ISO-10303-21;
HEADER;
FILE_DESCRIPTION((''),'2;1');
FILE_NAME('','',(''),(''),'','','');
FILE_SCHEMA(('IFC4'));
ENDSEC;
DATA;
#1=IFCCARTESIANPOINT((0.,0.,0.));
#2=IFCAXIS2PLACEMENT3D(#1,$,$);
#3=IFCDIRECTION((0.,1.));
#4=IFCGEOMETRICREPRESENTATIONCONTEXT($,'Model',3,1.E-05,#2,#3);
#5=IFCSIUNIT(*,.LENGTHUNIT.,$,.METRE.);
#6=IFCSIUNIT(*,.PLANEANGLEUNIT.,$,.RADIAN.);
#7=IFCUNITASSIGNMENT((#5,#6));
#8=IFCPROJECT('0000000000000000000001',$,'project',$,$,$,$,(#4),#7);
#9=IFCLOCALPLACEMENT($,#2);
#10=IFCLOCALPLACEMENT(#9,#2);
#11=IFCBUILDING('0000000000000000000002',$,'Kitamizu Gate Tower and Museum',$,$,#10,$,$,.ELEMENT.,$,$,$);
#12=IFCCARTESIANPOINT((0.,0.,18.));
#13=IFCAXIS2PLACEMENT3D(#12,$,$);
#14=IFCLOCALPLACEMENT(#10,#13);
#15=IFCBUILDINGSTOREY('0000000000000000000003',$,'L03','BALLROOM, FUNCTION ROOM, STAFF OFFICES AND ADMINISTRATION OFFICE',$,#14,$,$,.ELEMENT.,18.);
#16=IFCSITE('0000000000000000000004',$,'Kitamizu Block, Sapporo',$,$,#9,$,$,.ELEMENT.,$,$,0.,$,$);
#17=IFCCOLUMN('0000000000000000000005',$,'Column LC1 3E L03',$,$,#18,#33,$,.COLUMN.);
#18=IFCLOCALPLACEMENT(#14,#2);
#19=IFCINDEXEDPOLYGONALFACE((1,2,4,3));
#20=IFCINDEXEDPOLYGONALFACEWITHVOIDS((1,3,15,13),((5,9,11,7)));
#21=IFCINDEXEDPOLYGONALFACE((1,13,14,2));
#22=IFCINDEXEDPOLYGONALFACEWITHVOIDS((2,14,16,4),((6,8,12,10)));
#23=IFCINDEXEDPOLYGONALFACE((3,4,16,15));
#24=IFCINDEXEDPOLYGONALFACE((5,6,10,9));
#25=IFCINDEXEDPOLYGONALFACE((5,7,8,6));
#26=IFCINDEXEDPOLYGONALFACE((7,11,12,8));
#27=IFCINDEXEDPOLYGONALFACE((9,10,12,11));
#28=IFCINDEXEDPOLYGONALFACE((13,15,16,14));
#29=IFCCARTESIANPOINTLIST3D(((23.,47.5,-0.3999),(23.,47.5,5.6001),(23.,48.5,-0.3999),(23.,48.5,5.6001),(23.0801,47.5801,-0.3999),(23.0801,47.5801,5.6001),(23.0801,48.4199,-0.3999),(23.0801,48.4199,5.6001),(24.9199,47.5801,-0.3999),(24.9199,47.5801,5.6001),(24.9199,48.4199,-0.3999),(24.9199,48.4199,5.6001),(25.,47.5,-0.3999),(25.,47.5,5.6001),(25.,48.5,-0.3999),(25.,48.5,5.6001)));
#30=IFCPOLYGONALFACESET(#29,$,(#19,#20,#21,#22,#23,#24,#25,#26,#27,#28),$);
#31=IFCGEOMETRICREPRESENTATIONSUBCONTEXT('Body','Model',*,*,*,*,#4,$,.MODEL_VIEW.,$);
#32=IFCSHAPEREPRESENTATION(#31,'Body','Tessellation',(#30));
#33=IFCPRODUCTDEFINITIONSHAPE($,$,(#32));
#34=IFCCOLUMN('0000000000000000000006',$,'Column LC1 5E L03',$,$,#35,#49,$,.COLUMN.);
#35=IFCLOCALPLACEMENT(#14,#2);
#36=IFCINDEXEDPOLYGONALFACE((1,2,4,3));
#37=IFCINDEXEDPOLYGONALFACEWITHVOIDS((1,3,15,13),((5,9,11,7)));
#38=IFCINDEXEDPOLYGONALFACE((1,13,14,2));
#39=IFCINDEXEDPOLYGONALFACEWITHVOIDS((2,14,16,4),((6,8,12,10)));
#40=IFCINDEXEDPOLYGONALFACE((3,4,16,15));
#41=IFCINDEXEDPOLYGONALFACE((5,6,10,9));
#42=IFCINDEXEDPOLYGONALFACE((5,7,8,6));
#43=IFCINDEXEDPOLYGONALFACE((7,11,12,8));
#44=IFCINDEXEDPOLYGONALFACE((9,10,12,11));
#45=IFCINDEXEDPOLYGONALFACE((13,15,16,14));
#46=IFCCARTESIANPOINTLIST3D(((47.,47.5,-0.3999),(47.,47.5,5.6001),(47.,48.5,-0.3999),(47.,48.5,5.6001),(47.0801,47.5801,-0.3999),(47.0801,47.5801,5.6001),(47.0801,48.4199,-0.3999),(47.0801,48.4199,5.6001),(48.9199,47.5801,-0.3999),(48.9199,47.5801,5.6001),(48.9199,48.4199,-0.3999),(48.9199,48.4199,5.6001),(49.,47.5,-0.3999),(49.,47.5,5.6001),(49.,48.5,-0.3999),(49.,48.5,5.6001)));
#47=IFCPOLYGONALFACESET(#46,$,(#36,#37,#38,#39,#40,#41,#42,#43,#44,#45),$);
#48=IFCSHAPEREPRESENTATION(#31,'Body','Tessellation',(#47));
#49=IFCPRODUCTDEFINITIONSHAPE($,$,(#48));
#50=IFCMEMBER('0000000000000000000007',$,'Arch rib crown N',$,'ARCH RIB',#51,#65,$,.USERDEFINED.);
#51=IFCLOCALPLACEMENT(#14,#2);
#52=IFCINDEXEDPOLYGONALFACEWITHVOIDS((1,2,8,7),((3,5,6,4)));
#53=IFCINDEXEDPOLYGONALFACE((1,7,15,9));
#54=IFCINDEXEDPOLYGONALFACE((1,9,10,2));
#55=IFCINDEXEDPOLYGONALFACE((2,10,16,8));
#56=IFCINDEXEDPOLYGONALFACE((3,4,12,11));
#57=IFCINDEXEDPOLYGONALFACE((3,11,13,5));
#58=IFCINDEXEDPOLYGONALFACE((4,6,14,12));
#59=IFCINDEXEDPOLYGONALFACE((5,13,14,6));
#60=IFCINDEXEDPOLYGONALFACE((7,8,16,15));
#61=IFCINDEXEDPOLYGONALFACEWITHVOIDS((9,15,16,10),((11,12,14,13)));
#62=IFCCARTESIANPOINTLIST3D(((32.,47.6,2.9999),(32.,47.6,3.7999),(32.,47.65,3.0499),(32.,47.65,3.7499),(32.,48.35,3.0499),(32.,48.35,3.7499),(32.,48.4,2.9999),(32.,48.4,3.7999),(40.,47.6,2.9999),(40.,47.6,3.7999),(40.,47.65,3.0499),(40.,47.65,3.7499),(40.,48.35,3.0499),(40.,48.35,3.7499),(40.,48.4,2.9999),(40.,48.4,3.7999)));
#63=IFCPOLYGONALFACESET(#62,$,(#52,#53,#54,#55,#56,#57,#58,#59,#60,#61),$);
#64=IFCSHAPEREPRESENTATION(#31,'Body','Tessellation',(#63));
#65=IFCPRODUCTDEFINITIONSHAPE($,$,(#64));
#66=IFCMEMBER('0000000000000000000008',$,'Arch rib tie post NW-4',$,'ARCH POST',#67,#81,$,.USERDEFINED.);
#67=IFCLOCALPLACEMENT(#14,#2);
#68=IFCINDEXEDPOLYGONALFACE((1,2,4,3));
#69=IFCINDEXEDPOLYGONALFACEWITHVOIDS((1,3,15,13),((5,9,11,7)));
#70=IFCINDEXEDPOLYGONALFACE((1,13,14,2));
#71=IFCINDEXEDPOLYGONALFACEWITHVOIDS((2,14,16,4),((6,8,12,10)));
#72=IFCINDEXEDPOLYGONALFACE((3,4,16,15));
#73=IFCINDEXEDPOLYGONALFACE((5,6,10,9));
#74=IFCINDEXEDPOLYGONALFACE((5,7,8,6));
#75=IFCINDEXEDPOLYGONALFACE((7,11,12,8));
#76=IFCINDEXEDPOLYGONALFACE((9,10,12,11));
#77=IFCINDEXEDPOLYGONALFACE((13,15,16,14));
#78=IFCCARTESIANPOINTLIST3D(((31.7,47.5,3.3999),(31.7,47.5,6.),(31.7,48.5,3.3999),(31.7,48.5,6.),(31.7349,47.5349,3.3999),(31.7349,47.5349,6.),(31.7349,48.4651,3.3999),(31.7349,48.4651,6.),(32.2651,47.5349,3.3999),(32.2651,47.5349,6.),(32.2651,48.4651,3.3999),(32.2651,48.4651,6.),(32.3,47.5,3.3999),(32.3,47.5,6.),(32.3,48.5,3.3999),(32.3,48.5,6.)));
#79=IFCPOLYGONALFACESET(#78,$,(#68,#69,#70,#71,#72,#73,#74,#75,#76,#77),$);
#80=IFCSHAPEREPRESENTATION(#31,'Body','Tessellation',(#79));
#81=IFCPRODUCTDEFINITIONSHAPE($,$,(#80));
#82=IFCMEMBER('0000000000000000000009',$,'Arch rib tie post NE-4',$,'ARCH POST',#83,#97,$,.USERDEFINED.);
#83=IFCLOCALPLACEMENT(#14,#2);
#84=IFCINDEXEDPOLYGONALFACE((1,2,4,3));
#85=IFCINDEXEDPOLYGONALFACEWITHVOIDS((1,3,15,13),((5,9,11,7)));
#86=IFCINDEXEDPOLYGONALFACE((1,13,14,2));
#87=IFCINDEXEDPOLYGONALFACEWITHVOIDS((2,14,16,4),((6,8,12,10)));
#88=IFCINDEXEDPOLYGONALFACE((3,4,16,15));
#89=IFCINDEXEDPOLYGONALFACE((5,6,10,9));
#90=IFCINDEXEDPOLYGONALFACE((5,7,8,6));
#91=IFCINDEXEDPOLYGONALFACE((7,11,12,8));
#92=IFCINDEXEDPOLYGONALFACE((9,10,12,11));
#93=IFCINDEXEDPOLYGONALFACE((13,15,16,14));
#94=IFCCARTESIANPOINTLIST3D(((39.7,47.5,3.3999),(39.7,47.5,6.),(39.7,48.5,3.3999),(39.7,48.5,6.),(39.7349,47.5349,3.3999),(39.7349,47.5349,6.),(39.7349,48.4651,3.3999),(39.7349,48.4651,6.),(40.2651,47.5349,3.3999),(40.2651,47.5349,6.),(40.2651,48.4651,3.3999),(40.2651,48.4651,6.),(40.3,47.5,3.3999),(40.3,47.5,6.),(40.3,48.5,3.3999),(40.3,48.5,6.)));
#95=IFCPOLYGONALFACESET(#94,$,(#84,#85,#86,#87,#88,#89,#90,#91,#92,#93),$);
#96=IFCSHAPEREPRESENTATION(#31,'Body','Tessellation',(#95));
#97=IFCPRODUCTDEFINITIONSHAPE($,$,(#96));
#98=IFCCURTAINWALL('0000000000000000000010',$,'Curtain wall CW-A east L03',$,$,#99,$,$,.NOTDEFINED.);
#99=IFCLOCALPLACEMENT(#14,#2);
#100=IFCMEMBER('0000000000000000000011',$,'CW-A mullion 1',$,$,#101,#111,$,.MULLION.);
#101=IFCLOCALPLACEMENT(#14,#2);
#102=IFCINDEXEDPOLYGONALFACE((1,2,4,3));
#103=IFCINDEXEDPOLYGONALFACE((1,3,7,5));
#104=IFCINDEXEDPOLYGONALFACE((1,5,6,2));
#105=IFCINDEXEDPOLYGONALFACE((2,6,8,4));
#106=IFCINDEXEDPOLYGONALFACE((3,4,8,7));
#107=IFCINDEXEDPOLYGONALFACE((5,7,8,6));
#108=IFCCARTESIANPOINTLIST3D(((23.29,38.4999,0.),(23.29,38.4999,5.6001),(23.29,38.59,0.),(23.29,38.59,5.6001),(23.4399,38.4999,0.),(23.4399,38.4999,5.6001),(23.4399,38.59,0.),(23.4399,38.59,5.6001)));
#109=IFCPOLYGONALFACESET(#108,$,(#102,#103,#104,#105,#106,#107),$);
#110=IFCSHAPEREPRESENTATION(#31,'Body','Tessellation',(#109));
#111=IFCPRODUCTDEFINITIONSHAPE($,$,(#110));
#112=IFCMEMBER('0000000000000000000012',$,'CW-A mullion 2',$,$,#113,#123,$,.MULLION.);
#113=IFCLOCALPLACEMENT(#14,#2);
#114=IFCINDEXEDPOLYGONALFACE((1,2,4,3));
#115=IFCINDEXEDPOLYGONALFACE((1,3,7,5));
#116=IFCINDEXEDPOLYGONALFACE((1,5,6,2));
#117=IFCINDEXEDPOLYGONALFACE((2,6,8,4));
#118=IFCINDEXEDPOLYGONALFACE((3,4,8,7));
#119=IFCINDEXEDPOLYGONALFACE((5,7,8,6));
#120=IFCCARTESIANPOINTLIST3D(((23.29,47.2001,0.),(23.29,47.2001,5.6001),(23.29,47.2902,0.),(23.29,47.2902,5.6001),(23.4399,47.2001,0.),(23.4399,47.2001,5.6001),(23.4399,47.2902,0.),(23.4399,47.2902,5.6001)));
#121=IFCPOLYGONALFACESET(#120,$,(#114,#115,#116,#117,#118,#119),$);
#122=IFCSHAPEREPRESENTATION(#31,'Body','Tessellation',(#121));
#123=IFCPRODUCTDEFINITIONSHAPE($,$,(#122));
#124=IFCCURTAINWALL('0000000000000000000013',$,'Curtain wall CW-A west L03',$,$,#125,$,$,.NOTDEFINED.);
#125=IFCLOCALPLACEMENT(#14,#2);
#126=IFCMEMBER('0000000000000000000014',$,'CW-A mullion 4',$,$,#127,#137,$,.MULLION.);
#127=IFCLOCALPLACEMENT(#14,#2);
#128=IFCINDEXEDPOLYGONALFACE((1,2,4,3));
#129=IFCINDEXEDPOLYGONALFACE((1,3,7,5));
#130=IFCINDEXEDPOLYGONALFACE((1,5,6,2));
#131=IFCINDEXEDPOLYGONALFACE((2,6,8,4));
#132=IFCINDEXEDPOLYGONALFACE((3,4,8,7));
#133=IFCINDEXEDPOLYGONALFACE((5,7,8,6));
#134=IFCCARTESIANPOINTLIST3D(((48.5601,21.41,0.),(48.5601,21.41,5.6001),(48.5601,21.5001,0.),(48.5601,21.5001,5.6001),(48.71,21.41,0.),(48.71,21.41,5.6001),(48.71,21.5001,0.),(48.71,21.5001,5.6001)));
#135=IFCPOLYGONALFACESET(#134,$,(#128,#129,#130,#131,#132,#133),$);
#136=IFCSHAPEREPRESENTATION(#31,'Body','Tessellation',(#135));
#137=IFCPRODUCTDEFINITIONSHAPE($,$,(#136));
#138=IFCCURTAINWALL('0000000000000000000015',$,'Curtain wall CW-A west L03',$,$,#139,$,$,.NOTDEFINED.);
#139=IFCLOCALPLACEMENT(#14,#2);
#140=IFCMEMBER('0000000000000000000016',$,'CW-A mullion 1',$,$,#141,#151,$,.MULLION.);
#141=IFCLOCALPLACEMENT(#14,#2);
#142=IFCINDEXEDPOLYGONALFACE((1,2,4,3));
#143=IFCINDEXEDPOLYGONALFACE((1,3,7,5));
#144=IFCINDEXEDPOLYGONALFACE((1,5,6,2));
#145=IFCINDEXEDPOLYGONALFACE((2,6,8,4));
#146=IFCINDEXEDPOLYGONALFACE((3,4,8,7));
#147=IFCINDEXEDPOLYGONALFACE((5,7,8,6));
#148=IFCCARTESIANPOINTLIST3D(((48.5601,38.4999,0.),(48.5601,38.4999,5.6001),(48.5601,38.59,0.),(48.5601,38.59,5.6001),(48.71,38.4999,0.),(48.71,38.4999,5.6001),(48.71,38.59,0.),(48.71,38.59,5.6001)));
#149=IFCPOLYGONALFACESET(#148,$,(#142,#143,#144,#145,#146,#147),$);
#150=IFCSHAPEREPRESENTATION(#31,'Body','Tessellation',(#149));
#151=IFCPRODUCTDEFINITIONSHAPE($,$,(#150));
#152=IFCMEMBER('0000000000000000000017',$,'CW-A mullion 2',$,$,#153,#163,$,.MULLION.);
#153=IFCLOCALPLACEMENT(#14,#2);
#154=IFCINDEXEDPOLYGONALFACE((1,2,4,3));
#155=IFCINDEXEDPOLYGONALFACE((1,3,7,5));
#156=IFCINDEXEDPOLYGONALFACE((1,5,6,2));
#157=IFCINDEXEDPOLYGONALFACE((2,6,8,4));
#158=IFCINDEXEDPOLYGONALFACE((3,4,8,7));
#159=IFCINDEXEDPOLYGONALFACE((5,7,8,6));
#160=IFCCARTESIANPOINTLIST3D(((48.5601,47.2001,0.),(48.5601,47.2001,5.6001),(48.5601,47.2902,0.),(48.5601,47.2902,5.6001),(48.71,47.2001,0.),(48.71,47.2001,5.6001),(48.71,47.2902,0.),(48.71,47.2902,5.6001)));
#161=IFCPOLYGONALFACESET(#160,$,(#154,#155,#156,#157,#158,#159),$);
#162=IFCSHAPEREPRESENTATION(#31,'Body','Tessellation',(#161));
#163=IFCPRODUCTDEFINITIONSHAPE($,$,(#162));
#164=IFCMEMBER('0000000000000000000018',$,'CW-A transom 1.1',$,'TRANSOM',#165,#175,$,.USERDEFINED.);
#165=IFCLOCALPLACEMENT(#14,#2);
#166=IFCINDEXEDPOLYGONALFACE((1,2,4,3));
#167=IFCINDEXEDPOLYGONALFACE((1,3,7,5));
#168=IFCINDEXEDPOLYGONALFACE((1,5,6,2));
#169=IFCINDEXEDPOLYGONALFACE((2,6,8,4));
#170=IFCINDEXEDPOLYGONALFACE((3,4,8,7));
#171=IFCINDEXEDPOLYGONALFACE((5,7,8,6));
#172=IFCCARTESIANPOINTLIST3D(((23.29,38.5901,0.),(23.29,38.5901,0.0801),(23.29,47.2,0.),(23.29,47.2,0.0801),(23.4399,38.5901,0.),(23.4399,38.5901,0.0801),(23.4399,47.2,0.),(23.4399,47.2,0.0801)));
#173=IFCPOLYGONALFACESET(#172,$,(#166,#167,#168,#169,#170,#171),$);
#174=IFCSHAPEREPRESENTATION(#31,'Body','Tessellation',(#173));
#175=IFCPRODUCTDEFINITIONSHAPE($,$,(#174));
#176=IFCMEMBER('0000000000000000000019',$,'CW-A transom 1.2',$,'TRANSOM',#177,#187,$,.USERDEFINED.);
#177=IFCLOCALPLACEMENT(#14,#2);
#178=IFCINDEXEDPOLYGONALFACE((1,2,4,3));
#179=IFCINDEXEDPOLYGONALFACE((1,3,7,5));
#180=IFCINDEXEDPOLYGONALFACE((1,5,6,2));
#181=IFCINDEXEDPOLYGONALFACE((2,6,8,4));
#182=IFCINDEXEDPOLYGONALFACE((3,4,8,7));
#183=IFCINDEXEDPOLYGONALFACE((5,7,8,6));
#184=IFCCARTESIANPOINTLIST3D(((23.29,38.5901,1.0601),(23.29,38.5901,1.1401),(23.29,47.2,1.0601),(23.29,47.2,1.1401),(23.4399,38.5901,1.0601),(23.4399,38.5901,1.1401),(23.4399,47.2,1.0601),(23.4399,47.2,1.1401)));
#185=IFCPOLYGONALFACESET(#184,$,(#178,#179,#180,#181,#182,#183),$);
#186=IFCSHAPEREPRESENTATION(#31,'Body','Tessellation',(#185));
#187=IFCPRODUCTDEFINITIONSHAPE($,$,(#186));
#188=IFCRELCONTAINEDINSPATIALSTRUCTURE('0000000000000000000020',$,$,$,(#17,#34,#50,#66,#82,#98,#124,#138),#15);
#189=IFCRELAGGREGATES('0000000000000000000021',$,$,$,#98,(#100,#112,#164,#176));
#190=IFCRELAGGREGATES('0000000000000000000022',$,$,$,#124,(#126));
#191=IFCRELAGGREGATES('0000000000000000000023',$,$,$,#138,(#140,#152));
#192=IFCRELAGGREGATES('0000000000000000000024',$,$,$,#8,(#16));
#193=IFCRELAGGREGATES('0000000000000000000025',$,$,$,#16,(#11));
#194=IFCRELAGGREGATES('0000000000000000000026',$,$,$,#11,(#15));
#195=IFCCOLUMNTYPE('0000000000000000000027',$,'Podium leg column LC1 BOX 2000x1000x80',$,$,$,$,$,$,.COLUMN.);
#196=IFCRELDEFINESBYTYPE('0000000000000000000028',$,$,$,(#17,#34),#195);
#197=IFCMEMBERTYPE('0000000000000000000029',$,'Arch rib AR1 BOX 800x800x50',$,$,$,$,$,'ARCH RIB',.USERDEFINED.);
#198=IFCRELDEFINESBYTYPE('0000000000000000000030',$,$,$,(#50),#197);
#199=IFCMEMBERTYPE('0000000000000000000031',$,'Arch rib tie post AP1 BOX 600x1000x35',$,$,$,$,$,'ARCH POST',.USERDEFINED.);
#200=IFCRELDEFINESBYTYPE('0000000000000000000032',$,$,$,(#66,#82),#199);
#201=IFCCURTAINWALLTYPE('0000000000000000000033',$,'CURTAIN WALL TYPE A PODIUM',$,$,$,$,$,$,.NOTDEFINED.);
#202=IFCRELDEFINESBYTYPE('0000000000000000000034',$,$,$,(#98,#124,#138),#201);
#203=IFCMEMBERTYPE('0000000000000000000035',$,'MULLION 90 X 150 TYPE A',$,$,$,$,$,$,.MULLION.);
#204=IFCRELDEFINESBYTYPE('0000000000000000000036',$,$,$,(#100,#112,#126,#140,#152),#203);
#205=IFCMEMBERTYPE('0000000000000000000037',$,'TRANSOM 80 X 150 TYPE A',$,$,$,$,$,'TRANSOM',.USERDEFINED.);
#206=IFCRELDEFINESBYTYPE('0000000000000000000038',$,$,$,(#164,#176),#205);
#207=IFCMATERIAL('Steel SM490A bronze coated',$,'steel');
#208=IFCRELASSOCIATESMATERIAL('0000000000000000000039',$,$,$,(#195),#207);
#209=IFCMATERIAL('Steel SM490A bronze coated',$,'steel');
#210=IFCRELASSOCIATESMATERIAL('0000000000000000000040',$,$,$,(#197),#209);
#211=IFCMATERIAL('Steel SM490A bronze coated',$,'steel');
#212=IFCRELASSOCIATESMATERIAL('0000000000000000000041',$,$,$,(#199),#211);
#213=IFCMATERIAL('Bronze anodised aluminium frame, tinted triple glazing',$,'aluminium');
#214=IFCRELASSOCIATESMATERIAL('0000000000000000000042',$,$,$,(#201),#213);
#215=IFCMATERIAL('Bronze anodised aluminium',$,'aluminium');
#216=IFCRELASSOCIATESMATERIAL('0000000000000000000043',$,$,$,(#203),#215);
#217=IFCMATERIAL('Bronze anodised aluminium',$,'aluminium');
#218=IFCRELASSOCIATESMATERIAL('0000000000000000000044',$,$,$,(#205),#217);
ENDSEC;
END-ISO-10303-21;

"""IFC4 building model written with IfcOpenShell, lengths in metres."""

from ifc_helpers import new_model, si_unit, direction, frame, origin, origin_2d, place, context, subcontext, project, spatial, rectangle, hollow_rectangle, extrude, material, material_profile, profile_set, type_object, element, aggregate, save


model = new_model("IFC4")

# Units and contexts
model_context = context("Model", 3, precision=1e-05, world=origin(), true_north=direction((0.0, 1.0)))
body_context = subcontext(model_context, "Body", "Model", "MODEL_VIEW")
ifc_project = project(units=[si_unit("LENGTHUNIT", "METRE"), si_unit("PLANEANGLEUNIT", "RADIAN")], contexts=[model_context])

# Site, building, storey
site_placement = place(None, origin())
site = spatial("IfcSite", under=ifc_project, at=site_placement, Name="Kitamizu Block, Sapporo", CompositionType="ELEMENT", RefElevation=0.0)
building_placement = place(site_placement, origin())
building = spatial("IfcBuilding", under=site, at=building_placement, Name="Kitamizu Gate Tower and Museum", CompositionType="ELEMENT")
storey_placement = place(building_placement, frame((0.0, 0.0, 18.0)))
storey = spatial("IfcBuildingStorey", under=building, at=storey_placement, Name="L03", Description="BALLROOM, FUNCTION ROOM, STAFF OFFICES AND ADMINISTRATION OFFICE", CompositionType="ELEMENT", Elevation=18.0)

# Columns
ifc_material_1 = material(Name="Steel SM490A bronze coated", Category="steel")
ifc_material_profile_1 = material_profile(ifc_material_1, hollow_rectangle(XDim=2.0, YDim=1.0, WallThickness=0.0801, at=origin_2d()), Name="BOX 2000x1000x80")
ifc_profile_set_1 = profile_set([ifc_material_profile_1], Name="Steel SM490A bronze coated")
column_type = type_object("IfcColumnType", Name="Podium leg column LC1 BOX 2000x1000x80", PredefinedType="COLUMN", material=ifc_profile_set_1)
for number, where, z_axis, x_axis, name in (
    (1, (24.0, 48.0, -0.3999), (0.0, 0.0, 1.0), (1.0, 0.0, 0.0), "Column LC1 3E L03"),
    (2, (48.0, 48.0, -0.3999), (0.0, 0.0, 1.0), (1.0, 0.0, 0.0), "Column LC1 5E L03"),
):
    element("IfcColumn", number, at=place(storey_placement, frame(where, z_axis=z_axis, x_axis=x_axis)), inside=storey, type_object=column_type, Name=name, PredefinedType="COLUMN", context=body_context, shape_type="SweptSolid", body=[
        extrude(hollow_rectangle(XDim=2.0, YDim=1.0, WallThickness=0.0801, at=origin_2d()), origin(), (0.0, 0.0, 1.0), 6.0),
    ])

# Members
ifc_material_2 = material(Name="Steel SM490A bronze coated", Category="steel")
ifc_material_profile_2 = material_profile(ifc_material_2, hollow_rectangle(XDim=0.8, YDim=0.8, WallThickness=0.05, at=origin_2d()), Name="BOX 800x800x50")
ifc_profile_set_2 = profile_set([ifc_material_profile_2], Name="Steel SM490A bronze coated")
member_type_1 = type_object("IfcMemberType", Name="Arch rib AR1 BOX 800x800x50", ElementType="ARCH RIB", PredefinedType="USERDEFINED", material=ifc_profile_set_2)
member_1_placement = place(storey_placement, frame((32.0, 48.0, 3.3999), z_axis=(1.0, 0.0, 0.0), x_axis=(0.0, 1.0, 0.0)))
element("IfcMember", 3, at=member_1_placement, inside=storey, type_object=member_type_1, Name="Arch rib crown N", ObjectType="ARCH RIB", PredefinedType="USERDEFINED", context=body_context, shape_type="SweptSolid", body=[
    extrude(hollow_rectangle(XDim=0.8, YDim=0.8, WallThickness=0.05, at=origin_2d()), origin(), (0.0, 0.0, 1.0), 8.0),
])
ifc_material_3 = material(Name="Steel SM490A bronze coated", Category="steel")
ifc_material_profile_3 = material_profile(ifc_material_3, hollow_rectangle(XDim=0.6001, YDim=1.0, WallThickness=0.0349, at=origin_2d()), Name="BOX 600x1000x35")
ifc_profile_set_3 = profile_set([ifc_material_profile_3], Name="Steel SM490A bronze coated")
member_type_2 = type_object("IfcMemberType", Name="Arch rib tie post AP1 BOX 600x1000x35", ElementType="ARCH POST", PredefinedType="USERDEFINED", material=ifc_profile_set_3)
for number, where, z_axis, x_axis, name in (
    (4, (32.0, 48.0, 3.3999), (0.0, 0.0, 1.0), (1.0, 0.0, 0.0), "Arch rib tie post NW-4"),
    (5, (40.0, 48.0, 3.3999), (0.0, 0.0, 1.0), (1.0, 0.0, 0.0), "Arch rib tie post NE-4"),
):
    element("IfcMember", number, at=place(storey_placement, frame(where, z_axis=z_axis, x_axis=x_axis)), inside=storey, type_object=member_type_2, Name=name, ObjectType="ARCH POST", PredefinedType="USERDEFINED", context=body_context, shape_type="SweptSolid", body=[
        extrude(hollow_rectangle(XDim=0.6001, YDim=1.0, WallThickness=0.0349, at=origin_2d()), origin(), (0.0, 0.0, 1.0), 2.6001),
    ])

# Curtain wall, members
ifc_material_4 = material(Name="Bronze anodised aluminium frame, tinted triple glazing", Category="aluminium")
curtain_wall_type = type_object("IfcCurtainWallType", Name="CURTAIN WALL TYPE A PODIUM", PredefinedType="NOTDEFINED", material=ifc_material_4)
curtain_wall_1_placement = place(storey_placement, origin())
curtain_wall_1 = element("IfcCurtainWall", 6, at=curtain_wall_1_placement, inside=storey, type_object=curtain_wall_type, Name="Curtain wall CW-A east L03", PredefinedType="NOTDEFINED")
ifc_material_5 = material(Name="Bronze anodised aluminium", Category="aluminium")
ifc_material_profile_4 = material_profile(ifc_material_5, rectangle(XDim=0.0901, YDim=0.1499, at=origin_2d()), Name="AL 90X150")
ifc_profile_set_4 = profile_set([ifc_material_profile_4], Name="Bronze anodised aluminium")
member_type_3 = type_object("IfcMemberType", Name="MULLION 90 X 150 TYPE A", PredefinedType="MULLION", material=ifc_profile_set_4)
member_2_placement = place(storey_placement, frame((23.365, 38.5449, 0.0), z_axis=(0.0, 0.0, 1.0), x_axis=(0.0, 1.0, 0.0)))
member_2 = element("IfcMember", 7, at=member_2_placement, type_object=member_type_3, Name="CW-A mullion 1", PredefinedType="MULLION", context=body_context, shape_type="SweptSolid", body=[
    extrude(rectangle(XDim=0.0901, YDim=0.1499, at=origin_2d()), origin(), (0.0, 0.0, 1.0), 5.6001),
])
member_3_placement = place(storey_placement, frame((23.365, 47.2451, 0.0), z_axis=(0.0, 0.0, 1.0), x_axis=(0.0, 1.0, 0.0)))
member_3 = element("IfcMember", 8, at=member_3_placement, type_object=member_type_3, Name="CW-A mullion 2", PredefinedType="MULLION", context=body_context, shape_type="SweptSolid", body=[
    extrude(rectangle(XDim=0.0901, YDim=0.1499, at=origin_2d()), origin(), (0.0, 0.0, 1.0), 5.6001),
])

# Curtain wall, member
curtain_wall_2_placement = place(storey_placement, origin())
curtain_wall_2 = element("IfcCurtainWall", 9, at=curtain_wall_2_placement, inside=storey, type_object=curtain_wall_type, Name="Curtain wall CW-A west L03", PredefinedType="NOTDEFINED")
member_4_placement = place(storey_placement, frame((48.635, 21.4551, 0.0), z_axis=(0.0, 0.0, 1.0), x_axis=(0.0, 1.0, 0.0)))
member_4 = element("IfcMember", 10, at=member_4_placement, type_object=member_type_3, Name="CW-A mullion 4", PredefinedType="MULLION", context=body_context, shape_type="SweptSolid", body=[
    extrude(rectangle(XDim=0.0901, YDim=0.1499, at=origin_2d()), origin(), (0.0, 0.0, 1.0), 5.6001),
])

# Curtain wall, members
curtain_wall_3_placement = place(storey_placement, origin())
curtain_wall_3 = element("IfcCurtainWall", 11, at=curtain_wall_3_placement, inside=storey, type_object=curtain_wall_type, Name="Curtain wall CW-A west L03", PredefinedType="NOTDEFINED")
member_5_placement = place(storey_placement, frame((48.635, 38.5449, 0.0), z_axis=(0.0, 0.0, 1.0), x_axis=(0.0, 1.0, 0.0)))
member_5 = element("IfcMember", 12, at=member_5_placement, type_object=member_type_3, Name="CW-A mullion 1", PredefinedType="MULLION", context=body_context, shape_type="SweptSolid", body=[
    extrude(rectangle(XDim=0.0901, YDim=0.1499, at=origin_2d()), origin(), (0.0, 0.0, 1.0), 5.6001),
])
member_6_placement = place(storey_placement, frame((48.635, 47.2451, 0.0), z_axis=(0.0, 0.0, 1.0), x_axis=(0.0, 1.0, 0.0)))
member_6 = element("IfcMember", 13, at=member_6_placement, type_object=member_type_3, Name="CW-A mullion 2", PredefinedType="MULLION", context=body_context, shape_type="SweptSolid", body=[
    extrude(rectangle(XDim=0.0901, YDim=0.1499, at=origin_2d()), origin(), (0.0, 0.0, 1.0), 5.6001),
])

# Members
ifc_material_6 = material(Name="Bronze anodised aluminium", Category="aluminium")
ifc_material_profile_5 = material_profile(ifc_material_6, rectangle(XDim=0.1499, YDim=0.0801, at=origin_2d()), Name="AL 80X150")
ifc_profile_set_5 = profile_set([ifc_material_profile_5], Name="Bronze anodised aluminium")
member_type_4 = type_object("IfcMemberType", Name="TRANSOM 80 X 150 TYPE A", ElementType="TRANSOM", PredefinedType="USERDEFINED", material=ifc_profile_set_5)
member_7_placement = place(storey_placement, frame((23.365, 38.5901, 0.04), z_axis=(0.0, 1.0, 0.0), x_axis=(-1.0, 0.0, 0.0)))
member_7 = element("IfcMember", 14, at=member_7_placement, type_object=member_type_4, Name="CW-A transom 1.1", ObjectType="TRANSOM", PredefinedType="USERDEFINED", context=body_context, shape_type="SweptSolid", body=[
    extrude(rectangle(XDim=0.1499, YDim=0.0801, at=origin_2d()), origin(), (0.0, 0.0, 1.0), 8.6099),
])
member_8_placement = place(storey_placement, frame((23.365, 38.5901, 1.1001), z_axis=(0.0, 1.0, 0.0), x_axis=(-1.0, 0.0, 0.0)))
member_8 = element("IfcMember", 15, at=member_8_placement, type_object=member_type_4, Name="CW-A transom 1.2", ObjectType="TRANSOM", PredefinedType="USERDEFINED", context=body_context, shape_type="SweptSolid", body=[
    extrude(rectangle(XDim=0.1499, YDim=0.0801, at=origin_2d()), origin(), (0.0, 0.0, 1.0), 8.6099),
])

aggregate(curtain_wall_1, [member_2, member_3, member_7, member_8])
aggregate(curtain_wall_2, [member_4])
aggregate(curtain_wall_3, [member_5, member_6])

save(model, "model.ifc")
